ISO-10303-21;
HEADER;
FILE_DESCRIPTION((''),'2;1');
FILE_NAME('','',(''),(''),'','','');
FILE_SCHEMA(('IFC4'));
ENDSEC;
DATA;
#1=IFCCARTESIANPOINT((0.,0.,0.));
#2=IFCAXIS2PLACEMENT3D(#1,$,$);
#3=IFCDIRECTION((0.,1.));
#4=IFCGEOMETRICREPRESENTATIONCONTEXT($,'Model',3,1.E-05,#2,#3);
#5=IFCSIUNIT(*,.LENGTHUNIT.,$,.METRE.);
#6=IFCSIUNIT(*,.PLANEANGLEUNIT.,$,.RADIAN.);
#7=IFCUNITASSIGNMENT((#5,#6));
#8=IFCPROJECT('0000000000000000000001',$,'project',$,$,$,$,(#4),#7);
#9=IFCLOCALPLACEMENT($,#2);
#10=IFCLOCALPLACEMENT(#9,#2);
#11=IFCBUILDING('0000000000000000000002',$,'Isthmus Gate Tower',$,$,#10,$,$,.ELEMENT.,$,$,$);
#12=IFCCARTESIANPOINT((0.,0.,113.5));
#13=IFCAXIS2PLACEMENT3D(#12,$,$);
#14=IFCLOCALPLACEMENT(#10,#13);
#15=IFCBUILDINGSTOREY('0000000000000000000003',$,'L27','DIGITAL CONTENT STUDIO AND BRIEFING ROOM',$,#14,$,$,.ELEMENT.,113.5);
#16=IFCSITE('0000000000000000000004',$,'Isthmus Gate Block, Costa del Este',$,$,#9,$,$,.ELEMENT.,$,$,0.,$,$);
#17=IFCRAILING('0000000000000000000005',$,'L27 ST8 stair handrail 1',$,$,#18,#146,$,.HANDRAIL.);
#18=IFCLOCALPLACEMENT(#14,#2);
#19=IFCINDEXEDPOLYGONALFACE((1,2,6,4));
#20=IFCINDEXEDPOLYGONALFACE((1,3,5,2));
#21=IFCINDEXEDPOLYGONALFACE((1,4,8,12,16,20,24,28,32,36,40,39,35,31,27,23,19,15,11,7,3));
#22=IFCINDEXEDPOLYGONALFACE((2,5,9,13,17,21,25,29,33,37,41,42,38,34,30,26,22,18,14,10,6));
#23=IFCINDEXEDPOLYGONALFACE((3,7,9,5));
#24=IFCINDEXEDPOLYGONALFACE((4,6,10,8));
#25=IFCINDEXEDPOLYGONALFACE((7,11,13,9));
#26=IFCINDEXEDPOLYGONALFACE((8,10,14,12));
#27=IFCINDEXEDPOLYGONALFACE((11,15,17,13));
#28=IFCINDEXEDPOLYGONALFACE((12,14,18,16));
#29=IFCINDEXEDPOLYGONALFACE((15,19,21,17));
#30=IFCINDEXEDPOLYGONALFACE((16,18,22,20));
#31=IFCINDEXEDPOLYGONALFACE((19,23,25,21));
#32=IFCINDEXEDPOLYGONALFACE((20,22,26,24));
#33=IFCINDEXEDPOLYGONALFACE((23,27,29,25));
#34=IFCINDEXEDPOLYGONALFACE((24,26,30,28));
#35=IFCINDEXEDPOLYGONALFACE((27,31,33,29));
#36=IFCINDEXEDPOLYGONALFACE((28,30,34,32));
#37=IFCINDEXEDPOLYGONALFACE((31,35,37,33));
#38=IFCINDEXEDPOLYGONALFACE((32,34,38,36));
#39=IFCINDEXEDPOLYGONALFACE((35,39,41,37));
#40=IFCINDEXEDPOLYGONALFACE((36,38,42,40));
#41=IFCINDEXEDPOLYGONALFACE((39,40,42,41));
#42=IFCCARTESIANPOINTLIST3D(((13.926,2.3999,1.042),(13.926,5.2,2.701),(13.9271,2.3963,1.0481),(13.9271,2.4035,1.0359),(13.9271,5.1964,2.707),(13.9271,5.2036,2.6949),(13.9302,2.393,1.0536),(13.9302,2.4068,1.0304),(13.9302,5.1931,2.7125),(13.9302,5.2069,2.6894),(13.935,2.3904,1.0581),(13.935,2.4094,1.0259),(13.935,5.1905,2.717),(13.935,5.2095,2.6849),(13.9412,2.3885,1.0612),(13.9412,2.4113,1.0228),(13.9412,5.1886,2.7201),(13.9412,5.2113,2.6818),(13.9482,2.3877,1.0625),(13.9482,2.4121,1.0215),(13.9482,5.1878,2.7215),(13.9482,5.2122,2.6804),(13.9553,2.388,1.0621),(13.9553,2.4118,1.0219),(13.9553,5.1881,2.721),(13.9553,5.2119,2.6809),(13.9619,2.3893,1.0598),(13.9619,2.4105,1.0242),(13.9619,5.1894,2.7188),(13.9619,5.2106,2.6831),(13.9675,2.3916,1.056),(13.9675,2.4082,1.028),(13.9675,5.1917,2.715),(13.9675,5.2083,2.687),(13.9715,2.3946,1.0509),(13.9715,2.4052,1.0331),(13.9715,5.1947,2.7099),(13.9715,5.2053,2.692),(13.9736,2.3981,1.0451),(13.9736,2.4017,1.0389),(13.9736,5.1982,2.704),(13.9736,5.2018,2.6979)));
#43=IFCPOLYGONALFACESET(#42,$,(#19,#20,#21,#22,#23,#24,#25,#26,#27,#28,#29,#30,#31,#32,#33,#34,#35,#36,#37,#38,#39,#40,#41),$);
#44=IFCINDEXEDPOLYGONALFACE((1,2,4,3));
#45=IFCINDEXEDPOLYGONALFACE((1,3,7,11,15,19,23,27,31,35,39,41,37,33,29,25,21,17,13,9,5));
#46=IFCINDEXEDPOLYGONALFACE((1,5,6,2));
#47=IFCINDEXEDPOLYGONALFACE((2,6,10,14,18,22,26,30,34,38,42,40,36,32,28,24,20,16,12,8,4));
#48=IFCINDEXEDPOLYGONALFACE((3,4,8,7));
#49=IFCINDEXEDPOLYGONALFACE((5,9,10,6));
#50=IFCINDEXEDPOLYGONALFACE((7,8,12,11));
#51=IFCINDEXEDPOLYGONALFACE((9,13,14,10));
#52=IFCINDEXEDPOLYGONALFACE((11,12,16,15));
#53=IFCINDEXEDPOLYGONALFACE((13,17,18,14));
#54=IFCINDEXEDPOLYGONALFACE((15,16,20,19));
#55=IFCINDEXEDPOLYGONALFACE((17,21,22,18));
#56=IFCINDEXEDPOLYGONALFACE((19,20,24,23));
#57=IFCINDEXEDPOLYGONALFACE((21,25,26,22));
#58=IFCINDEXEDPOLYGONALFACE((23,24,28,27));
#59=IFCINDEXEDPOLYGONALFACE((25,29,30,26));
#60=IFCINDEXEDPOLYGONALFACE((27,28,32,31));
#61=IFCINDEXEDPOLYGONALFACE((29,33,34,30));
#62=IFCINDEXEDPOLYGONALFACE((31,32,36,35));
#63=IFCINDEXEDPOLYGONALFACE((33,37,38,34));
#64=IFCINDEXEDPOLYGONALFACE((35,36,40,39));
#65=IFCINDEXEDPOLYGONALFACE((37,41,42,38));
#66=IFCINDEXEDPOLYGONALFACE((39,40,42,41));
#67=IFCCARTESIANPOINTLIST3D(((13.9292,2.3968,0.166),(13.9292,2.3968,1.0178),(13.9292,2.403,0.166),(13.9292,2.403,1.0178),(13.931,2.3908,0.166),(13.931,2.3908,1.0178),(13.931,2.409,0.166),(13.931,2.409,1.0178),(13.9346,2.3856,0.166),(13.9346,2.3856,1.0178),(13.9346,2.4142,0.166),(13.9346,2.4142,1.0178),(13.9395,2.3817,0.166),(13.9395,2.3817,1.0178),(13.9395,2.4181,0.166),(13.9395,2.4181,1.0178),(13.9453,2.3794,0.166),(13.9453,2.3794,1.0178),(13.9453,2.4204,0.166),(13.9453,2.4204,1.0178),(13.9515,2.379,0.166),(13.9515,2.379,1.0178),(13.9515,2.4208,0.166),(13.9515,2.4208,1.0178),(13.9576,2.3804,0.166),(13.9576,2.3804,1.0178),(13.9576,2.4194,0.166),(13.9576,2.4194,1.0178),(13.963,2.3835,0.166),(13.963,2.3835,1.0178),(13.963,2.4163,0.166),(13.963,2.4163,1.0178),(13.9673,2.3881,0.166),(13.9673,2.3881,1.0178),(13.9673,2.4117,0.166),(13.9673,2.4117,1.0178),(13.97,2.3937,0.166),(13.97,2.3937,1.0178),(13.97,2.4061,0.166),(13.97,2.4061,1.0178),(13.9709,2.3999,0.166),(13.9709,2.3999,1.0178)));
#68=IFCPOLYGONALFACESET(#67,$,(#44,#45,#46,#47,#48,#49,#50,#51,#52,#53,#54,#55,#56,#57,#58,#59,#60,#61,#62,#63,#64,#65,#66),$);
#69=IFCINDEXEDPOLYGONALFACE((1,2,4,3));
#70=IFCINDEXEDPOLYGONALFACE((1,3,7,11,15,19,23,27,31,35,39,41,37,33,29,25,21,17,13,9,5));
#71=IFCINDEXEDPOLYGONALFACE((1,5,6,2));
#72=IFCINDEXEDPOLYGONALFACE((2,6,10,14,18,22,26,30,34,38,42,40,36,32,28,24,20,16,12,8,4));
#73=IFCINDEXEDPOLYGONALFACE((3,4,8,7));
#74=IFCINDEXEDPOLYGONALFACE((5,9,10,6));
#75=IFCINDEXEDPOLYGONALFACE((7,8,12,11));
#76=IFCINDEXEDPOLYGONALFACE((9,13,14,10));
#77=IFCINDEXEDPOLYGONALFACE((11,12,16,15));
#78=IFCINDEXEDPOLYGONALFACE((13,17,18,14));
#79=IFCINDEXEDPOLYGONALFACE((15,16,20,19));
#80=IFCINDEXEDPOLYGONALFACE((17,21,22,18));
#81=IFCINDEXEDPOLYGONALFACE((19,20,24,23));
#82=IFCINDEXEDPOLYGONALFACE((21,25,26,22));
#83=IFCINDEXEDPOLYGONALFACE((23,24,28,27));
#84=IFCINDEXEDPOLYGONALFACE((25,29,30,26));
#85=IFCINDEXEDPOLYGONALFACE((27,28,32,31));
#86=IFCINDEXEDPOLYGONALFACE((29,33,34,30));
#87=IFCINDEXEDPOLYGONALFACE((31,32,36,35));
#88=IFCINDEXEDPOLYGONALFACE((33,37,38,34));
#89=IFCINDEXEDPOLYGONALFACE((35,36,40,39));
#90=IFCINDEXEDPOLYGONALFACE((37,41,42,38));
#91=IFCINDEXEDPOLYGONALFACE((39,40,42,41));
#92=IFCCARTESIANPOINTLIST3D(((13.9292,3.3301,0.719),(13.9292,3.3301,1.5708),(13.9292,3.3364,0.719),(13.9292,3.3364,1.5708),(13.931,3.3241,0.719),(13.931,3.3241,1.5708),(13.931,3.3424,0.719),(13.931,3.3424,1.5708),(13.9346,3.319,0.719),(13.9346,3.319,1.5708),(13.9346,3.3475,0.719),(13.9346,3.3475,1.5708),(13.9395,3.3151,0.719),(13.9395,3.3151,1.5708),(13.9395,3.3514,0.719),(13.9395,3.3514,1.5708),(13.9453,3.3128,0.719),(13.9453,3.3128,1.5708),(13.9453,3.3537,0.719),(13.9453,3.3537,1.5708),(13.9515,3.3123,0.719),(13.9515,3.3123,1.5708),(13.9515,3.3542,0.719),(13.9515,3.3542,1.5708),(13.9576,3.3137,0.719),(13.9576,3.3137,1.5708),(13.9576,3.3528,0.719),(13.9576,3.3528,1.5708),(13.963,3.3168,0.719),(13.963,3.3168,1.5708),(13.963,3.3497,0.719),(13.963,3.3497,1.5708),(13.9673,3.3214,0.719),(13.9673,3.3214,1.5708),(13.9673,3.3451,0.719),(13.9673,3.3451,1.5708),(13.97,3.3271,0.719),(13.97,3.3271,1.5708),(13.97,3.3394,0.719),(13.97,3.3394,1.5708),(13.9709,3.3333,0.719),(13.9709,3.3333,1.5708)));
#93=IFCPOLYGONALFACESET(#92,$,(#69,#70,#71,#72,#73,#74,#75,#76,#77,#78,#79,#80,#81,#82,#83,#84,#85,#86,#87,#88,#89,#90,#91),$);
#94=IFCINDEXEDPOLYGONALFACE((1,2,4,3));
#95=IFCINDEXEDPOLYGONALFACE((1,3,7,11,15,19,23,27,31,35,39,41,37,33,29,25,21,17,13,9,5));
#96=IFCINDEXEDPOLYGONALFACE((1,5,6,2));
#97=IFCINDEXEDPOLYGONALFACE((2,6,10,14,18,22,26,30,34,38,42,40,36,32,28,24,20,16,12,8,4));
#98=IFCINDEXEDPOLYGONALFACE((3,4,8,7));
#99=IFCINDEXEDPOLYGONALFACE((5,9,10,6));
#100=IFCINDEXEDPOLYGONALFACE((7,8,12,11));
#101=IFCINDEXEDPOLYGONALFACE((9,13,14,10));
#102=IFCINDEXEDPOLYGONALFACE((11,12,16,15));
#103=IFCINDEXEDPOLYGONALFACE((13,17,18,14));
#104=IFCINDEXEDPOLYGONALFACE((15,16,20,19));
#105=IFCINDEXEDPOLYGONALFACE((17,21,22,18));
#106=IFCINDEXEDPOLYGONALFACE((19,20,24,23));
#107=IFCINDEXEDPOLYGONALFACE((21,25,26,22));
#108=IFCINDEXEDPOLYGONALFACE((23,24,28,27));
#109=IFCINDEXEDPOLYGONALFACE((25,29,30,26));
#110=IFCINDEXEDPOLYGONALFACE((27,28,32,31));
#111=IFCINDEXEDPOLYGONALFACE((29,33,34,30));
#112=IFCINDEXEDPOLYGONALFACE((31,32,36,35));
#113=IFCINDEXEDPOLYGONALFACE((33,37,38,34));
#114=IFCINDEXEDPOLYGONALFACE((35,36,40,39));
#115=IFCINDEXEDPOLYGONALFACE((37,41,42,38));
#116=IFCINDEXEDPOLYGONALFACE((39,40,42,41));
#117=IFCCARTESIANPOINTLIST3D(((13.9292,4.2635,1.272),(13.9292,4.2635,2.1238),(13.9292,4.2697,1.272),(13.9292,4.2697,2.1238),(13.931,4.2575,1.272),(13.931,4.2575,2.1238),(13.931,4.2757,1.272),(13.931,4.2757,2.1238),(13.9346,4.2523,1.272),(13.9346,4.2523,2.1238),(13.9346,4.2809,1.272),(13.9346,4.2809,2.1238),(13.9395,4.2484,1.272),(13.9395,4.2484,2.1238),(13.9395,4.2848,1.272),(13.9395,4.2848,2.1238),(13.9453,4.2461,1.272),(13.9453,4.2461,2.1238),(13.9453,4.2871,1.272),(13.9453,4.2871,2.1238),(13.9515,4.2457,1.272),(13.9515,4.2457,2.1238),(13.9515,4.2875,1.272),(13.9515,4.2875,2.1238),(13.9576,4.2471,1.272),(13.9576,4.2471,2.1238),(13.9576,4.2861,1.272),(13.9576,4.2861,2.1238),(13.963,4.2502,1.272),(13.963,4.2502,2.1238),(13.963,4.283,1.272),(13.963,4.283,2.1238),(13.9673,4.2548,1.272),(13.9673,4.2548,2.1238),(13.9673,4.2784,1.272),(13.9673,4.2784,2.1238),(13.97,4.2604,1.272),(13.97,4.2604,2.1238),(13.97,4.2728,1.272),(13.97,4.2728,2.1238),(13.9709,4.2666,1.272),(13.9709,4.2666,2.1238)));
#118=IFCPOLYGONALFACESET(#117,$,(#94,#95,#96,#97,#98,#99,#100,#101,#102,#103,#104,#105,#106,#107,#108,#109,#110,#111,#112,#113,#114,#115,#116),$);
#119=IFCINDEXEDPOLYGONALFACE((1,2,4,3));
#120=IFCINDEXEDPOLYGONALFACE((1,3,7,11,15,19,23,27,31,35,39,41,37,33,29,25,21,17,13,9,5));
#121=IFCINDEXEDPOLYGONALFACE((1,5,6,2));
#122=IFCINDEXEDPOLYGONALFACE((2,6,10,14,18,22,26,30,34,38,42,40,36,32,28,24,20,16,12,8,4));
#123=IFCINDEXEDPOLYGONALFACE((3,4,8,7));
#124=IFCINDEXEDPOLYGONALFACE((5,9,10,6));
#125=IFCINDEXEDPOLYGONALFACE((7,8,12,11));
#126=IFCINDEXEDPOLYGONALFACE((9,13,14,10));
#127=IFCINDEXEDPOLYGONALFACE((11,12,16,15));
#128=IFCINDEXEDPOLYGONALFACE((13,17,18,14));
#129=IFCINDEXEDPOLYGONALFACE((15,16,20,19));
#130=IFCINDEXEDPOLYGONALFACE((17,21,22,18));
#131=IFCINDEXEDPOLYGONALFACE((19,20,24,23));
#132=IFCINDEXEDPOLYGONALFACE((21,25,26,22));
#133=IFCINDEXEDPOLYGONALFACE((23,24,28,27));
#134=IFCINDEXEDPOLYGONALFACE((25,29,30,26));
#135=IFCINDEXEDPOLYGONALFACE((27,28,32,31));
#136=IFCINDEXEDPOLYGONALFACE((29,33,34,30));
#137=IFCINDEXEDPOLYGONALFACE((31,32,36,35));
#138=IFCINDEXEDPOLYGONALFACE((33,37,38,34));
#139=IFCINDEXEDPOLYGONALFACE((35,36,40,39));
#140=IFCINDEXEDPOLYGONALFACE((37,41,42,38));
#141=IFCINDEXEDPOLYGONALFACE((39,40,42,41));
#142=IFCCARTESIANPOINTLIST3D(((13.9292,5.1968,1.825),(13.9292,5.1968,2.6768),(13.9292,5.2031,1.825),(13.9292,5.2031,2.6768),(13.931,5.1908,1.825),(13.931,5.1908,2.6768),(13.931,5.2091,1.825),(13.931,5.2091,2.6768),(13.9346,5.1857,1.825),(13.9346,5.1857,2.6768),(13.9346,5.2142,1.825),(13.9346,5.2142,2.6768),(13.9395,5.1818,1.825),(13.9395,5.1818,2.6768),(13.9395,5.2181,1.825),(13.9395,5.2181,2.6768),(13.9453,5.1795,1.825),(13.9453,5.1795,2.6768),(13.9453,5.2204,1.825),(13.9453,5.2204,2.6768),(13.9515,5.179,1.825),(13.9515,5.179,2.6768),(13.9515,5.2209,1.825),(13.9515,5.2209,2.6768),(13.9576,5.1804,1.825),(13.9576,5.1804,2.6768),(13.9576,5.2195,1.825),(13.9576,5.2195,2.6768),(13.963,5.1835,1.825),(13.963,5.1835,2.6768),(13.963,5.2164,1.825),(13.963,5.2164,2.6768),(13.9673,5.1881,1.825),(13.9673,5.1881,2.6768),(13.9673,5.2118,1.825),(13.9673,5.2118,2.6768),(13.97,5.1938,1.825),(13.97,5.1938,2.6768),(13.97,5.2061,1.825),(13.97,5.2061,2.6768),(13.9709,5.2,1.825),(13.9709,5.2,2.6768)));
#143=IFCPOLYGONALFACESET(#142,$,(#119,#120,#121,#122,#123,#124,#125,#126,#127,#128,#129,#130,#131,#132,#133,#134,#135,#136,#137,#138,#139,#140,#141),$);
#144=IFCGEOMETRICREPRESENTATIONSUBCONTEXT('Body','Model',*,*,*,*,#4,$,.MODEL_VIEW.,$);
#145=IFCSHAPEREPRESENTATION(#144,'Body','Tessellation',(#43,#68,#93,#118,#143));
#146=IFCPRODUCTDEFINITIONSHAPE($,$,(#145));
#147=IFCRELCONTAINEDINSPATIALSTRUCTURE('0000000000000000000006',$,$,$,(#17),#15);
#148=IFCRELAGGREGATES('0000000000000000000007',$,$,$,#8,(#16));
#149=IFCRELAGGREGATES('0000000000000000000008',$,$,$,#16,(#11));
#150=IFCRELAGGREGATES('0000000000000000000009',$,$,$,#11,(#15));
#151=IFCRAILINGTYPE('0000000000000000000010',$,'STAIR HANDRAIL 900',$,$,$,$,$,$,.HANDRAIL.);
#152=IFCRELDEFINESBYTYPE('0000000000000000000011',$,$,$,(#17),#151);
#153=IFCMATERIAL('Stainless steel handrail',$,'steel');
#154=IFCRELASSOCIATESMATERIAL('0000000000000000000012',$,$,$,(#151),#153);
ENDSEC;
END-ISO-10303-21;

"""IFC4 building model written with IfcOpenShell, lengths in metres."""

from ifc_helpers import new_model, si_unit, direction, frame, origin, origin_2d, place, context, subcontext, project, spatial, circle, extrude, material, type_object, element, save


model = new_model("IFC4")

# Units and contexts
model_context = context("Model", 3, precision=1e-05, world=origin(), true_north=direction((0.0, 1.0)))
body_context = subcontext(model_context, "Body", "Model", "MODEL_VIEW")
ifc_project = project(units=[si_unit("LENGTHUNIT", "METRE"), si_unit("PLANEANGLEUNIT", "RADIAN")], contexts=[model_context])

# Site, building, storey
site_placement = place(None, origin())
site = spatial("IfcSite", under=ifc_project, at=site_placement, Name="Isthmus Gate Block, Costa del Este", CompositionType="ELEMENT", RefElevation=0.0)
building_placement = place(site_placement, origin())
building = spatial("IfcBuilding", under=site, at=building_placement, Name="Isthmus Gate Tower", CompositionType="ELEMENT")
storey_placement = place(building_placement, frame((0.0, 0.0, 113.5)))
storey = spatial("IfcBuildingStorey", under=building, at=storey_placement, Name="L27", Description="DIGITAL CONTENT STUDIO AND BRIEFING ROOM", CompositionType="ELEMENT", Elevation=113.5)

# Railing
ifc_material_1 = material(Name="Stainless steel handrail", Category="steel")
railing_type_1 = type_object("IfcRailingType", Name="STAIR HANDRAIL 900", PredefinedType="HANDRAIL", material=ifc_material_1)
for number, where, name in (
    (1, (13.95, 2.3999, 0.166), "L27 ST8 stair handrail 1"),
):
    element("IfcRailing", number, at=place(storey_placement, frame(where)), inside=storey, type_object=railing_type_1, Name=name, PredefinedType="HANDRAIL", context=body_context, shape_type="SweptSolid", body=[
        extrude(circle(Radius=0.0239, at=origin_2d()), frame((0.0, 0.0, 0.876), z_axis=(0.0, 0.860339, 0.509722), x_axis=(-1.0, 0.0, 0.0)), (0.0, 0.0, 1.0), 3.2546),
        extrude(circle(Radius=0.021, at=origin_2d()), origin(), (0.0, 0.0, 1.0), 0.8518),
        extrude(circle(Radius=0.021, at=origin_2d()), frame((0.0, 0.9333, 0.553)), (0.0, 0.0, 1.0), 0.8518),
        extrude(circle(Radius=0.021, at=origin_2d()), frame((0.0, 1.8667, 1.106)), (0.0, 0.0, 1.0), 0.8518),
        extrude(circle(Radius=0.021, at=origin_2d()), frame((0.0, 2.8, 1.6589)), (0.0, 0.0, 1.0), 0.8518),
    ])

save(model, "model.ifc")
